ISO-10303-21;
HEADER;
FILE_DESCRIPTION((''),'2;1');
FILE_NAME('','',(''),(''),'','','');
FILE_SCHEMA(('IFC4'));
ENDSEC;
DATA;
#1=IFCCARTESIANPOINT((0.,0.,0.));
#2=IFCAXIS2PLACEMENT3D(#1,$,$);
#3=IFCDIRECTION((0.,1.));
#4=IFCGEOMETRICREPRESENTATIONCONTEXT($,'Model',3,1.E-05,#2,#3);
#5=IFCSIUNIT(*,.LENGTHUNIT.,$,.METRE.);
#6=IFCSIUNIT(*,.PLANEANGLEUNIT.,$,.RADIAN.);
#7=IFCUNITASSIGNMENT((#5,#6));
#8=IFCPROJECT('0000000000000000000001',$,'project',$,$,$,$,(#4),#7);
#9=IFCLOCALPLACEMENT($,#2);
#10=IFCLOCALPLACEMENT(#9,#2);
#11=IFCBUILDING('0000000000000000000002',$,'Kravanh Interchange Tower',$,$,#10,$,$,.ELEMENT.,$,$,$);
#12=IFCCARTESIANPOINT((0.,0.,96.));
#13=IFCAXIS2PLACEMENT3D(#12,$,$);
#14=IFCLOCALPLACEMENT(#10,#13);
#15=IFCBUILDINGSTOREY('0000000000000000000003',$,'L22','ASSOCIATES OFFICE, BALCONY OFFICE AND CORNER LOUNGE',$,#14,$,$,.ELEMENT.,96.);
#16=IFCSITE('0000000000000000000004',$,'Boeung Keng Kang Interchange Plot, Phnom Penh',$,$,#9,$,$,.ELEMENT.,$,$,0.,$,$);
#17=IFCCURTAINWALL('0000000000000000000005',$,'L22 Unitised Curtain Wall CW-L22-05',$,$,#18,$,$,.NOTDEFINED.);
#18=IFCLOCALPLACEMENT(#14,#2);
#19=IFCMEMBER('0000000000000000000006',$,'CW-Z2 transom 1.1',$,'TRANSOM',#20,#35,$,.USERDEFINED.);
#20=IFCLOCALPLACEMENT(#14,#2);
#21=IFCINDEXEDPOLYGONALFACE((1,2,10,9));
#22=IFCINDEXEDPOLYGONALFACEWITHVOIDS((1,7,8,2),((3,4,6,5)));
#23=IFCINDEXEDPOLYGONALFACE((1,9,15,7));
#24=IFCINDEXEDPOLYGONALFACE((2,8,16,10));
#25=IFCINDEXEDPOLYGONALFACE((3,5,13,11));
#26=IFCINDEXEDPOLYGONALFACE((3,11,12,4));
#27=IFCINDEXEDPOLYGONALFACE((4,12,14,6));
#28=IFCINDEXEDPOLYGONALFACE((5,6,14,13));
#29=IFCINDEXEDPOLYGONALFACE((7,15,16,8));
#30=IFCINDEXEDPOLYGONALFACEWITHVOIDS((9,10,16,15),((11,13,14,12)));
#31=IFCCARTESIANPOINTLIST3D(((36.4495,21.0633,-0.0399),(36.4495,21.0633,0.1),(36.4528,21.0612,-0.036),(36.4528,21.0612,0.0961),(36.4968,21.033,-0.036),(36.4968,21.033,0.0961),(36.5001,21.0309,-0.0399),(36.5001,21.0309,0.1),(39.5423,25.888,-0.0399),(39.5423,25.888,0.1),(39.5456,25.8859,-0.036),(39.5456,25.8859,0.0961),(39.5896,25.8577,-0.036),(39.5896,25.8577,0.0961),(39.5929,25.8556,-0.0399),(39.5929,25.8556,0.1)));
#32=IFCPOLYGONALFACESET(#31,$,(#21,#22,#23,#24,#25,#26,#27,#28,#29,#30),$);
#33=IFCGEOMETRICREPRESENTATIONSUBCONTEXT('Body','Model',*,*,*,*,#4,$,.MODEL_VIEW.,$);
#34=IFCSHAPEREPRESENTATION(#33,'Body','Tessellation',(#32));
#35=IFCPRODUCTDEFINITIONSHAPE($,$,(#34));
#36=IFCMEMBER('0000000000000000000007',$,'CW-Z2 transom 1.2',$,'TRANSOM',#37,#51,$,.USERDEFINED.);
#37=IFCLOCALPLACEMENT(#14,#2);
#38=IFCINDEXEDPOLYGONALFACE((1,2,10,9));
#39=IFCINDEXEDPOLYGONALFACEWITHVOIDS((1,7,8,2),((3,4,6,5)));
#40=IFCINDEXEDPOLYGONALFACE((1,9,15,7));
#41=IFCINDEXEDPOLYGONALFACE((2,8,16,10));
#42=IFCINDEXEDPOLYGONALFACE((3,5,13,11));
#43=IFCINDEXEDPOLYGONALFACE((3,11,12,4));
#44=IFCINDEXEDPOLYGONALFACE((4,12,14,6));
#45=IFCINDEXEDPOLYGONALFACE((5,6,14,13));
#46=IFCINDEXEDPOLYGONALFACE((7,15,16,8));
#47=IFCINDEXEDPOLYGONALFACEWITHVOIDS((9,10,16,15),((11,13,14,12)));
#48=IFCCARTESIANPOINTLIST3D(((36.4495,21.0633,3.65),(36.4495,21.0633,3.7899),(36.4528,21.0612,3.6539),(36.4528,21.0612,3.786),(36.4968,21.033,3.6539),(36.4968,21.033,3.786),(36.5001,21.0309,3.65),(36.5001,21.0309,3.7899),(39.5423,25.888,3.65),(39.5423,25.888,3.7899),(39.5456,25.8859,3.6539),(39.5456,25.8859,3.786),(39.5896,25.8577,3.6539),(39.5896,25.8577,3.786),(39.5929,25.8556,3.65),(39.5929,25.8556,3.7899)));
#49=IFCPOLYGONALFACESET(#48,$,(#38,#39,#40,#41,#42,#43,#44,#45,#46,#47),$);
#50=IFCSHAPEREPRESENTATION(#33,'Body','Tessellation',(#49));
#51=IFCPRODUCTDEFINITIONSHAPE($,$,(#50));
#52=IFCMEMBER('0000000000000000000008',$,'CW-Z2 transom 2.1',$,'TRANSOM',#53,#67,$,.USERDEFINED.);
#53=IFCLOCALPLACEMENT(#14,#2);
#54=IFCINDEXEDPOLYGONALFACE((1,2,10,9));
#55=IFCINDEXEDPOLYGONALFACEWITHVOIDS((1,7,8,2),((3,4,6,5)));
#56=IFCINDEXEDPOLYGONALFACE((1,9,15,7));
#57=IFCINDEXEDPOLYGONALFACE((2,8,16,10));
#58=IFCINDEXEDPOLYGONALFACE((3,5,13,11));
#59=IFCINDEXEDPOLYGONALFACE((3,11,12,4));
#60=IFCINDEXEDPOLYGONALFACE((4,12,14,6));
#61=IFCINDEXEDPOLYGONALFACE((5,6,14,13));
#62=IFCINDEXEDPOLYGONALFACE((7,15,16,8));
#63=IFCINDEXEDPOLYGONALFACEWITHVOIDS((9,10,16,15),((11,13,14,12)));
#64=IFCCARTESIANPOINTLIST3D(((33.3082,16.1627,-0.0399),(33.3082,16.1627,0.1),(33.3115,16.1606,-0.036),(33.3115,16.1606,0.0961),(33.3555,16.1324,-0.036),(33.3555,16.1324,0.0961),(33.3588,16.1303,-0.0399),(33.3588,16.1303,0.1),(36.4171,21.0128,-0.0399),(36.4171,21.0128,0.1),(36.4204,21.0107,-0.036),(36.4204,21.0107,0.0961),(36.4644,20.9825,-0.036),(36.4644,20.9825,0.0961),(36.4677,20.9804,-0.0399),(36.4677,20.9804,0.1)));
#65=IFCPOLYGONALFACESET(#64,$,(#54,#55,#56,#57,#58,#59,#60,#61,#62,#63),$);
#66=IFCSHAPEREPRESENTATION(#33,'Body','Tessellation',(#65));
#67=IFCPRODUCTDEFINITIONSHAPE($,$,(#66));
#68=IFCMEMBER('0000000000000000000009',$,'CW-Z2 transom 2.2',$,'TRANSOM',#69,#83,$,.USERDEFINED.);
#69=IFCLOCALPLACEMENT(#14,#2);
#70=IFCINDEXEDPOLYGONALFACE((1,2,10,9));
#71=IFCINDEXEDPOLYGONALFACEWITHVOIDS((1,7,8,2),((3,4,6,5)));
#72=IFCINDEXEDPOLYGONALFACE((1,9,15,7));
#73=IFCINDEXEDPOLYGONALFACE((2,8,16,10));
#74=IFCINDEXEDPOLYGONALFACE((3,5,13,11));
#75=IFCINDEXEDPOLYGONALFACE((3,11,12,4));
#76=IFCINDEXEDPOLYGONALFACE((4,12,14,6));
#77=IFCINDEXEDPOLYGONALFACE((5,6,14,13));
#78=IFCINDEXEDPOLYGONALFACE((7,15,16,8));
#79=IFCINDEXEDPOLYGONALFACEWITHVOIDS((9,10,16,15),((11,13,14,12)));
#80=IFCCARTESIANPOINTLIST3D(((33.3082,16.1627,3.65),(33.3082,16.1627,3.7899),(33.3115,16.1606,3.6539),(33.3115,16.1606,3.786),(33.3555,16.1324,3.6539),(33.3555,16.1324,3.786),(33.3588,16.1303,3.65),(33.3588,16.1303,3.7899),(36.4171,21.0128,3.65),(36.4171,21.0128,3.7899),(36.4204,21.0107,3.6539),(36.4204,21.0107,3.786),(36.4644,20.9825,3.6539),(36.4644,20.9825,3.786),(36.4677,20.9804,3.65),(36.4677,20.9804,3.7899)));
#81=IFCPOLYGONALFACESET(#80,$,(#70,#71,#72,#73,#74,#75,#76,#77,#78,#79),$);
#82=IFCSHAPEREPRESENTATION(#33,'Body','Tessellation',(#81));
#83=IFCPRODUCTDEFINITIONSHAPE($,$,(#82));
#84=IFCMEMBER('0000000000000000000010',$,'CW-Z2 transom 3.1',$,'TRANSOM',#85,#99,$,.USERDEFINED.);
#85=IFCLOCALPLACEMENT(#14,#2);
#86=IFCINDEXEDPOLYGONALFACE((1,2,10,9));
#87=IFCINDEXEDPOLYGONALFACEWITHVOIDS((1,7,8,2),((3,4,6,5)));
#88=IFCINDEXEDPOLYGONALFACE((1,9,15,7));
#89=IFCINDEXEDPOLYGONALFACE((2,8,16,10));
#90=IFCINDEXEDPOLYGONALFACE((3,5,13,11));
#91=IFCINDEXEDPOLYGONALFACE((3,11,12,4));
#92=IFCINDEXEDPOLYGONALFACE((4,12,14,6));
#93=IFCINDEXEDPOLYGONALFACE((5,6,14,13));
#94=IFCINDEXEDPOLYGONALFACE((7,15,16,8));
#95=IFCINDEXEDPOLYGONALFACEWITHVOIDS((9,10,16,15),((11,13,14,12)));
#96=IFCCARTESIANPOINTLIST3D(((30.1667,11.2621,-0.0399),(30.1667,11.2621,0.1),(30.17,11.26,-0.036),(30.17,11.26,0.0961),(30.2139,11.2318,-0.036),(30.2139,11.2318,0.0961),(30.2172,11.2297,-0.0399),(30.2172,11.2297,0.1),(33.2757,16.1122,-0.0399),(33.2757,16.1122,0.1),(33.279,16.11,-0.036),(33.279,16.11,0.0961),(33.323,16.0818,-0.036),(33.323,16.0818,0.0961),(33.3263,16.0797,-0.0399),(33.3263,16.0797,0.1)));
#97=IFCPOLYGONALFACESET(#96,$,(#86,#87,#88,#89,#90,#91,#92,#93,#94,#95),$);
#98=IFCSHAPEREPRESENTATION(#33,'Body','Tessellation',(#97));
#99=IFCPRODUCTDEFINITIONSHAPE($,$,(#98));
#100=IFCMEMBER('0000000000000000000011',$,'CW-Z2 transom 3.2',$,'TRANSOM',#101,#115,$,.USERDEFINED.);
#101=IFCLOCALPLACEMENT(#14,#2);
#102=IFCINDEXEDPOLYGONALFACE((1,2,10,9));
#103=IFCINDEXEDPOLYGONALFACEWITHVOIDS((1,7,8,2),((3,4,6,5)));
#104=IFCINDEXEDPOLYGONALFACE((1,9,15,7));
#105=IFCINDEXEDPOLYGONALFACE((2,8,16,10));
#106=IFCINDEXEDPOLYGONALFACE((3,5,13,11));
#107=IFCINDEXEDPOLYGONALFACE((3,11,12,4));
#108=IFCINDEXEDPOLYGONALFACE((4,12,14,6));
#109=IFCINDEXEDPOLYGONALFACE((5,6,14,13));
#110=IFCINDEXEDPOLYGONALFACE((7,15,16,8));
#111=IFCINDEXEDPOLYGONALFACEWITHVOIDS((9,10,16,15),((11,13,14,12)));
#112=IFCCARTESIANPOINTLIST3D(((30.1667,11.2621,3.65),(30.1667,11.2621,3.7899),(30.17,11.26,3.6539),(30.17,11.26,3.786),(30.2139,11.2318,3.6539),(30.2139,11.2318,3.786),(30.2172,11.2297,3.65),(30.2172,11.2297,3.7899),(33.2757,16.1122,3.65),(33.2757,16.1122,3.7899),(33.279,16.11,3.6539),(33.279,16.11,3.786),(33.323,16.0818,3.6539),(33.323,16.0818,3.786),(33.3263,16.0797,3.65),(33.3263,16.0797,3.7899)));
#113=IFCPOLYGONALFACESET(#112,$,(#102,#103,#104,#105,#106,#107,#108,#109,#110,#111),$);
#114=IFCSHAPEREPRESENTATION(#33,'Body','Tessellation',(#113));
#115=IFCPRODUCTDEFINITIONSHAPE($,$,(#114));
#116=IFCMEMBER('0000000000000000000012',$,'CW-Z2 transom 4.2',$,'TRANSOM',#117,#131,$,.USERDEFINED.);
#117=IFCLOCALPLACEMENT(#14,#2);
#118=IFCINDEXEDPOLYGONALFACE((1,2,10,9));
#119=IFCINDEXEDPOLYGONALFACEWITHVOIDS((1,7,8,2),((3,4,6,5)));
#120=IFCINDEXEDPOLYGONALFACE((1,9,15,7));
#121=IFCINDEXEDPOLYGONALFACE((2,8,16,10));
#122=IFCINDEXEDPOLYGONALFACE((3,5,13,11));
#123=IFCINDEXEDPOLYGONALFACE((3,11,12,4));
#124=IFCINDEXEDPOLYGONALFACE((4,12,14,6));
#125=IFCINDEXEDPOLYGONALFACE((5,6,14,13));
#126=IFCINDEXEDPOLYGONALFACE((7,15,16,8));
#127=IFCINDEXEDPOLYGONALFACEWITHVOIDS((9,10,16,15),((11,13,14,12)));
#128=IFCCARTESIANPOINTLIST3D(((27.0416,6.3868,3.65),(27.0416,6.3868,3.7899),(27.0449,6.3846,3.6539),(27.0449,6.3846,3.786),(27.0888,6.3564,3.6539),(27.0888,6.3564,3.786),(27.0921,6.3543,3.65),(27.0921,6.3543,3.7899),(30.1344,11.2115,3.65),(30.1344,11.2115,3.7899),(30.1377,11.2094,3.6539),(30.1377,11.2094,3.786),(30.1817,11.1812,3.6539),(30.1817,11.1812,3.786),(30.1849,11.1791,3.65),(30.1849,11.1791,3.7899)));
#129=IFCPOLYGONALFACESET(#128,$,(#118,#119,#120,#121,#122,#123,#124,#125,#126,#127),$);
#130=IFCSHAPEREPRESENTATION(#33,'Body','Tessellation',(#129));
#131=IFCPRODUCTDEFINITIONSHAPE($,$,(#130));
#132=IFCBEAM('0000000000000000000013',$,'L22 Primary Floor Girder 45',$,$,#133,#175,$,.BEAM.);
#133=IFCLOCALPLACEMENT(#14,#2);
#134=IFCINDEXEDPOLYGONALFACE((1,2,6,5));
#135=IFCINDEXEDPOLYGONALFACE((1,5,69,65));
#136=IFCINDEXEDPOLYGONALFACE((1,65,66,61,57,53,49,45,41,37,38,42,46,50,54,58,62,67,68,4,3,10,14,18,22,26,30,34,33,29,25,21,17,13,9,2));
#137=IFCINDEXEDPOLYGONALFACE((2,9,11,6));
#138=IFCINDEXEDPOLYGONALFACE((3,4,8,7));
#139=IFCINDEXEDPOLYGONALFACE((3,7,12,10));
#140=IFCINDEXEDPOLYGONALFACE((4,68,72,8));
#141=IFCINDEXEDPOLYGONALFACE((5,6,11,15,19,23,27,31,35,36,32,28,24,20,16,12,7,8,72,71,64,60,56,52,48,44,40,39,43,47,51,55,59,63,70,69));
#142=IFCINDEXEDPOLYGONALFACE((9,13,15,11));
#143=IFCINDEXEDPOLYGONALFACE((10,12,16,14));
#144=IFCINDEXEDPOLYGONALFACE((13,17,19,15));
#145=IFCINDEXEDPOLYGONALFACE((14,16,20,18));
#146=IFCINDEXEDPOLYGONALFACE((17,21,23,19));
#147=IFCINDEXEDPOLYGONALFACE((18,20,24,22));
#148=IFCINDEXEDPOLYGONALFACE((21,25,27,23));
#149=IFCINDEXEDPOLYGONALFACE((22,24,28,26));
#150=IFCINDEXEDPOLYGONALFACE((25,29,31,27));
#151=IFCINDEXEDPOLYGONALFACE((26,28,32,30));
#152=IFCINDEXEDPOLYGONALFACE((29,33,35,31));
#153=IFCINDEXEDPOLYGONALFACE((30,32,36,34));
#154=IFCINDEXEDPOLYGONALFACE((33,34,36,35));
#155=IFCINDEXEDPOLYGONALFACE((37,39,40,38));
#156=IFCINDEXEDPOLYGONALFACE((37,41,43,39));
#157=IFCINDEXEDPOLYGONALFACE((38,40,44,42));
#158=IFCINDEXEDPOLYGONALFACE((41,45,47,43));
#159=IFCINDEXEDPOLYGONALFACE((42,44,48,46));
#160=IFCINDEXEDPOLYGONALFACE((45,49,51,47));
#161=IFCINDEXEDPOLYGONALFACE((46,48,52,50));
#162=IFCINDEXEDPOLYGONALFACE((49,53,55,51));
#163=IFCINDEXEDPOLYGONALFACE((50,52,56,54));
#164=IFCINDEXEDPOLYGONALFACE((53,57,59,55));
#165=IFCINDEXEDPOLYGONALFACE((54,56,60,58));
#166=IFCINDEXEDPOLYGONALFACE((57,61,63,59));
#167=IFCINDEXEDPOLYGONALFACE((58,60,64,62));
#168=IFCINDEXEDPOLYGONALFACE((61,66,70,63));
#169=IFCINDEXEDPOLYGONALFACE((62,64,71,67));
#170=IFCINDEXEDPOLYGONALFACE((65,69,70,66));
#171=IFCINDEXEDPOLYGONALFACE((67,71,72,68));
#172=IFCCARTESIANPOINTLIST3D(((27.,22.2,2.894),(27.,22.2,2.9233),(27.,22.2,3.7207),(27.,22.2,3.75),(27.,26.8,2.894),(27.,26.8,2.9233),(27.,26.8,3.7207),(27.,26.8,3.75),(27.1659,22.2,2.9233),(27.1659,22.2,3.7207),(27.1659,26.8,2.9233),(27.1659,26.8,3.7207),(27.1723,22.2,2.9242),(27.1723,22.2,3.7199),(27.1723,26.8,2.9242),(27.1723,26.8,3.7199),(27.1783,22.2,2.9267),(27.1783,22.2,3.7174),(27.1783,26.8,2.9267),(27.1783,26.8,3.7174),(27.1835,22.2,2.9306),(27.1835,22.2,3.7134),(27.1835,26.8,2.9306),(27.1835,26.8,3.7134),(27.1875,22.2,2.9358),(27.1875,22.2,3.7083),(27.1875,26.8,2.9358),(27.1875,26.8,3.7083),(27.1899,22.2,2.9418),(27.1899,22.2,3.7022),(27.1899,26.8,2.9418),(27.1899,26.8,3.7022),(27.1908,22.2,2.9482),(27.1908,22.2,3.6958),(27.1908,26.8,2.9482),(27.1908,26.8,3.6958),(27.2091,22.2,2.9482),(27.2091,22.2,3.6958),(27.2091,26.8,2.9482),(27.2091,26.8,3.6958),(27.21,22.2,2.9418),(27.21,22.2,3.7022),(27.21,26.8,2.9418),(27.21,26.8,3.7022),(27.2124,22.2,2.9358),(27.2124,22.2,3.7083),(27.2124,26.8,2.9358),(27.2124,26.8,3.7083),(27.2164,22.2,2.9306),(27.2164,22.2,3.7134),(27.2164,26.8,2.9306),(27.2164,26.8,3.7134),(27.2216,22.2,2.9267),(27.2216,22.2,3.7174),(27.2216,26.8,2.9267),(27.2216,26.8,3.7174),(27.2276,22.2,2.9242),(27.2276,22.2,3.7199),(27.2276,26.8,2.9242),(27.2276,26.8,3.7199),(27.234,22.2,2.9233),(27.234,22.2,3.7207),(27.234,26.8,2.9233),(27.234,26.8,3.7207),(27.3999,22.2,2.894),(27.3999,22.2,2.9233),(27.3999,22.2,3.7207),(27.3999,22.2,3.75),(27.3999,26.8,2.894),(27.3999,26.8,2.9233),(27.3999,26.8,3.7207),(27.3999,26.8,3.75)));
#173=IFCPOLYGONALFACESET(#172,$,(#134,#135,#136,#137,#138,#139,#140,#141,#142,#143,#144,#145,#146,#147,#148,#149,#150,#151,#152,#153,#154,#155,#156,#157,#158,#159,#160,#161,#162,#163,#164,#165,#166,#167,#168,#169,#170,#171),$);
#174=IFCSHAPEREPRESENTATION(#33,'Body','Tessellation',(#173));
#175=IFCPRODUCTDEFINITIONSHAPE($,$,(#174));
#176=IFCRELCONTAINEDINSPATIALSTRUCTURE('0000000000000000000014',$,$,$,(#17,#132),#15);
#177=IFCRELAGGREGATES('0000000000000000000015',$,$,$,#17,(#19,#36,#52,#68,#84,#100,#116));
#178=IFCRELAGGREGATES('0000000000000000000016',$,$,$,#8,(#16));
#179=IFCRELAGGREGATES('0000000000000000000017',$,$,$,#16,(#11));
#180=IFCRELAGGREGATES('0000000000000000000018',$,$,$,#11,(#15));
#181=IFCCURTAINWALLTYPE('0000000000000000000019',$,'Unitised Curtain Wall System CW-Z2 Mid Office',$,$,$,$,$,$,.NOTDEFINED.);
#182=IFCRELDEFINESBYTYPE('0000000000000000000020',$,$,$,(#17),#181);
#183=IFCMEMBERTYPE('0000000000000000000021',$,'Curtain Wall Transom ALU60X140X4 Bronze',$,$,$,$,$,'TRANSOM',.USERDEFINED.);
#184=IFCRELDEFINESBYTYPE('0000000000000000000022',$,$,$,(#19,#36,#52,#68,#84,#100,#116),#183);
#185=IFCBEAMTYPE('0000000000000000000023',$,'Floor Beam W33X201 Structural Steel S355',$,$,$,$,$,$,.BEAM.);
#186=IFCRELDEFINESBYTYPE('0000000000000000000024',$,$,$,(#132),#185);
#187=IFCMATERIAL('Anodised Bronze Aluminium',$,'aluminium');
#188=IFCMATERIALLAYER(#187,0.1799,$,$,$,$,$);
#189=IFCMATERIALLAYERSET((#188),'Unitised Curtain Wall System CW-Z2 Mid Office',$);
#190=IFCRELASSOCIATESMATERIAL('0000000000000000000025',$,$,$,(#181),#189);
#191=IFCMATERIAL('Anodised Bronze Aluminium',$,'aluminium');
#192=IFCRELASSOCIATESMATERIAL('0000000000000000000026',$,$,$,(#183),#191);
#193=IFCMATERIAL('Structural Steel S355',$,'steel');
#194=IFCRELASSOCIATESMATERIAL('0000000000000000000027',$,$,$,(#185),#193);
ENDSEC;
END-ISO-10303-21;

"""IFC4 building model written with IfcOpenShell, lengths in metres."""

from ifc_helpers import new_model, si_unit, direction, frame, origin, origin_2d, place, context, subcontext, project, spatial, hollow_rectangle, i_section, extrude, material, layer, layer_set, material_profile, profile_set, type_object, element, aggregate, save


model = new_model("IFC4")

# Units and contexts
model_context = context("Model", 3, precision=1e-05, world=origin(), true_north=direction((0.0, 1.0)))
body_context = subcontext(model_context, "Body", "Model", "MODEL_VIEW")
ifc_project = project(units=[si_unit("LENGTHUNIT", "METRE"), si_unit("PLANEANGLEUNIT", "RADIAN")], contexts=[model_context])

# Site, building, storey
site_placement = place(None, origin())
site = spatial("IfcSite", under=ifc_project, at=site_placement, Name="Boeung Keng Kang Interchange Plot, Phnom Penh", CompositionType="ELEMENT", RefElevation=0.0)
building_placement = place(site_placement, origin())
building = spatial("IfcBuilding", under=site, at=building_placement, Name="Kravanh Interchange Tower", CompositionType="ELEMENT")
storey_placement = place(building_placement, frame((0.0, 0.0, 96.0)))
storey = spatial("IfcBuildingStorey", under=building, at=storey_placement, Name="L22", Description="ASSOCIATES OFFICE, BALCONY OFFICE AND CORNER LOUNGE", CompositionType="ELEMENT", Elevation=96.0)

# Curtain wall, members
ifc_material_1 = material(Name="Anodised Bronze Aluminium", Category="aluminium")
ifc_layer_1 = layer(ifc_material_1, 0.1799)
ifc_layer_set_1 = layer_set([ifc_layer_1], Name="Unitised Curtain Wall System CW-Z2 Mid Office")
curtain_wall_type = type_object("IfcCurtainWallType", Name="Unitised Curtain Wall System CW-Z2 Mid Office", PredefinedType="NOTDEFINED", material=ifc_layer_set_1)
curtain_wall_placement = place(storey_placement, origin())
curtain_wall = element("IfcCurtainWall", 1, at=curtain_wall_placement, inside=storey, type_object=curtain_wall_type, Name="L22 Unitised Curtain Wall CW-L22-05", PredefinedType="NOTDEFINED")
ifc_material_2 = material(Name="Anodised Bronze Aluminium", Category="aluminium")
ifc_material_profile_1 = material_profile(ifc_material_2, hollow_rectangle(XDim=0.0601, YDim=0.1399, WallThickness=0.0039, at=origin_2d()), Name="ALU60X140X4")
ifc_profile_set_1 = profile_set([ifc_material_profile_1], Name="Anodised Bronze Aluminium")
member_type_1 = type_object("IfcMemberType", Name="Curtain Wall Transom ALU60X140X4 Bronze", ElementType="TRANSOM", PredefinedType="USERDEFINED", material=ifc_profile_set_1)
member_1_placement = place(storey_placement, frame((39.5676, 25.8718, 0.03), z_axis=(-0.539668, -0.841878, 0.0), x_axis=(0.841878, -0.539668, 0.0)))
member_1 = element("IfcMember", 2, at=member_1_placement, type_object=member_type_1, Name="CW-Z2 transom 1.1", ObjectType="TRANSOM", PredefinedType="USERDEFINED", context=body_context, shape_type="SweptSolid", body=[
    extrude(hollow_rectangle(XDim=0.0601, YDim=0.1399, WallThickness=0.0039, at=origin_2d()), origin(), (0.0, 0.0, 1.0), 5.731),
])
member_2_placement = place(storey_placement, frame((39.5676, 25.8718, 3.72), z_axis=(-0.539668, -0.841878, 0.0), x_axis=(0.841878, -0.539668, 0.0)))
member_2 = element("IfcMember", 3, at=member_2_placement, type_object=member_type_1, Name="CW-Z2 transom 1.2", ObjectType="TRANSOM", PredefinedType="USERDEFINED", context=body_context, shape_type="SweptSolid", body=[
    extrude(hollow_rectangle(XDim=0.0601, YDim=0.1399, WallThickness=0.0039, at=origin_2d()), origin(), (0.0, 0.0, 1.0), 5.731),
])
member_3_placement = place(storey_placement, frame((36.4424, 20.9966, 0.03), z_axis=(-0.539648, -0.841891, 0.0), x_axis=(0.841891, -0.539648, 0.0)))
member_3 = element("IfcMember", 4, at=member_3_placement, type_object=member_type_1, Name="CW-Z2 transom 2.1", ObjectType="TRANSOM", PredefinedType="USERDEFINED", context=body_context, shape_type="SweptSolid", body=[
    extrude(hollow_rectangle(XDim=0.0601, YDim=0.1399, WallThickness=0.0039, at=origin_2d()), origin(), (0.0, 0.0, 1.0), 5.761),
])
member_4_placement = place(storey_placement, frame((36.4424, 20.9966, 3.72), z_axis=(-0.539648, -0.841891, 0.0), x_axis=(0.841891, -0.539648, 0.0)))
member_4 = element("IfcMember", 5, at=member_4_placement, type_object=member_type_1, Name="CW-Z2 transom 2.2", ObjectType="TRANSOM", PredefinedType="USERDEFINED", context=body_context, shape_type="SweptSolid", body=[
    extrude(hollow_rectangle(XDim=0.0601, YDim=0.1399, WallThickness=0.0039, at=origin_2d()), origin(), (0.0, 0.0, 1.0), 5.761),
])
member_5_placement = place(storey_placement, frame((33.301, 16.0959, 0.03), z_axis=(-0.539678, -0.841872, 0.0), x_axis=(0.841872, -0.539678, 0.0)))
member_5 = element("IfcMember", 6, at=member_5_placement, type_object=member_type_1, Name="CW-Z2 transom 3.1", ObjectType="TRANSOM", PredefinedType="USERDEFINED", context=body_context, shape_type="SweptSolid", body=[
    extrude(hollow_rectangle(XDim=0.0601, YDim=0.1399, WallThickness=0.0039, at=origin_2d()), origin(), (0.0, 0.0, 1.0), 5.761),
])
member_6_placement = place(storey_placement, frame((33.301, 16.0959, 3.72), z_axis=(-0.539678, -0.841872, 0.0), x_axis=(0.841872, -0.539678, 0.0)))
member_6 = element("IfcMember", 7, at=member_6_placement, type_object=member_type_1, Name="CW-Z2 transom 3.2", ObjectType="TRANSOM", PredefinedType="USERDEFINED", context=body_context, shape_type="SweptSolid", body=[
    extrude(hollow_rectangle(XDim=0.0601, YDim=0.1399, WallThickness=0.0039, at=origin_2d()), origin(), (0.0, 0.0, 1.0), 5.761),
])
member_7_placement = place(storey_placement, frame((30.1597, 11.1953, 3.72), z_axis=(-0.539668, -0.841878, 0.0), x_axis=(0.841878, -0.539668, 0.0)))
member_7 = element("IfcMember", 8, at=member_7_placement, type_object=member_type_1, Name="CW-Z2 transom 4.2", ObjectType="TRANSOM", PredefinedType="USERDEFINED", context=body_context, shape_type="SweptSolid", body=[
    extrude(hollow_rectangle(XDim=0.0601, YDim=0.1399, WallThickness=0.0039, at=origin_2d()), origin(), (0.0, 0.0, 1.0), 5.731),
])

# Beam
ifc_material_3 = material(Name="Structural Steel S355", Category="steel")
ifc_material_profile_2 = material_profile(ifc_material_3, i_section(OverallWidth=0.3999, OverallDepth=0.856, WebThickness=0.0183, FlangeThickness=0.0293, FilletRadius=0.0249, at=origin_2d()), Name="W33X201")
ifc_profile_set_2 = profile_set([ifc_material_profile_2], Name="Structural Steel S355")
beam_type_1 = type_object("IfcBeamType", Name="Floor Beam W33X201 Structural Steel S355", PredefinedType="BEAM", material=ifc_profile_set_2)
beam_1_placement = place(storey_placement, frame((27.2, 26.8, 3.322), z_axis=(0.0, -1.0, 0.0), x_axis=(1.0, 0.0, 0.0)))
element("IfcBeam", 9, at=beam_1_placement, inside=storey, type_object=beam_type_1, Name="L22 Primary Floor Girder 45", PredefinedType="BEAM", context=body_context, shape_type="SweptSolid", body=[
    extrude(i_section(OverallWidth=0.3999, OverallDepth=0.856, WebThickness=0.0183, FlangeThickness=0.0293, FilletRadius=0.0249, at=origin_2d()), origin(), (0.0, 0.0, 1.0), 4.6001),
])

aggregate(curtain_wall, [member_1, member_2, member_3, member_4, member_5, member_6, member_7])

save(model, "model.ifc")
